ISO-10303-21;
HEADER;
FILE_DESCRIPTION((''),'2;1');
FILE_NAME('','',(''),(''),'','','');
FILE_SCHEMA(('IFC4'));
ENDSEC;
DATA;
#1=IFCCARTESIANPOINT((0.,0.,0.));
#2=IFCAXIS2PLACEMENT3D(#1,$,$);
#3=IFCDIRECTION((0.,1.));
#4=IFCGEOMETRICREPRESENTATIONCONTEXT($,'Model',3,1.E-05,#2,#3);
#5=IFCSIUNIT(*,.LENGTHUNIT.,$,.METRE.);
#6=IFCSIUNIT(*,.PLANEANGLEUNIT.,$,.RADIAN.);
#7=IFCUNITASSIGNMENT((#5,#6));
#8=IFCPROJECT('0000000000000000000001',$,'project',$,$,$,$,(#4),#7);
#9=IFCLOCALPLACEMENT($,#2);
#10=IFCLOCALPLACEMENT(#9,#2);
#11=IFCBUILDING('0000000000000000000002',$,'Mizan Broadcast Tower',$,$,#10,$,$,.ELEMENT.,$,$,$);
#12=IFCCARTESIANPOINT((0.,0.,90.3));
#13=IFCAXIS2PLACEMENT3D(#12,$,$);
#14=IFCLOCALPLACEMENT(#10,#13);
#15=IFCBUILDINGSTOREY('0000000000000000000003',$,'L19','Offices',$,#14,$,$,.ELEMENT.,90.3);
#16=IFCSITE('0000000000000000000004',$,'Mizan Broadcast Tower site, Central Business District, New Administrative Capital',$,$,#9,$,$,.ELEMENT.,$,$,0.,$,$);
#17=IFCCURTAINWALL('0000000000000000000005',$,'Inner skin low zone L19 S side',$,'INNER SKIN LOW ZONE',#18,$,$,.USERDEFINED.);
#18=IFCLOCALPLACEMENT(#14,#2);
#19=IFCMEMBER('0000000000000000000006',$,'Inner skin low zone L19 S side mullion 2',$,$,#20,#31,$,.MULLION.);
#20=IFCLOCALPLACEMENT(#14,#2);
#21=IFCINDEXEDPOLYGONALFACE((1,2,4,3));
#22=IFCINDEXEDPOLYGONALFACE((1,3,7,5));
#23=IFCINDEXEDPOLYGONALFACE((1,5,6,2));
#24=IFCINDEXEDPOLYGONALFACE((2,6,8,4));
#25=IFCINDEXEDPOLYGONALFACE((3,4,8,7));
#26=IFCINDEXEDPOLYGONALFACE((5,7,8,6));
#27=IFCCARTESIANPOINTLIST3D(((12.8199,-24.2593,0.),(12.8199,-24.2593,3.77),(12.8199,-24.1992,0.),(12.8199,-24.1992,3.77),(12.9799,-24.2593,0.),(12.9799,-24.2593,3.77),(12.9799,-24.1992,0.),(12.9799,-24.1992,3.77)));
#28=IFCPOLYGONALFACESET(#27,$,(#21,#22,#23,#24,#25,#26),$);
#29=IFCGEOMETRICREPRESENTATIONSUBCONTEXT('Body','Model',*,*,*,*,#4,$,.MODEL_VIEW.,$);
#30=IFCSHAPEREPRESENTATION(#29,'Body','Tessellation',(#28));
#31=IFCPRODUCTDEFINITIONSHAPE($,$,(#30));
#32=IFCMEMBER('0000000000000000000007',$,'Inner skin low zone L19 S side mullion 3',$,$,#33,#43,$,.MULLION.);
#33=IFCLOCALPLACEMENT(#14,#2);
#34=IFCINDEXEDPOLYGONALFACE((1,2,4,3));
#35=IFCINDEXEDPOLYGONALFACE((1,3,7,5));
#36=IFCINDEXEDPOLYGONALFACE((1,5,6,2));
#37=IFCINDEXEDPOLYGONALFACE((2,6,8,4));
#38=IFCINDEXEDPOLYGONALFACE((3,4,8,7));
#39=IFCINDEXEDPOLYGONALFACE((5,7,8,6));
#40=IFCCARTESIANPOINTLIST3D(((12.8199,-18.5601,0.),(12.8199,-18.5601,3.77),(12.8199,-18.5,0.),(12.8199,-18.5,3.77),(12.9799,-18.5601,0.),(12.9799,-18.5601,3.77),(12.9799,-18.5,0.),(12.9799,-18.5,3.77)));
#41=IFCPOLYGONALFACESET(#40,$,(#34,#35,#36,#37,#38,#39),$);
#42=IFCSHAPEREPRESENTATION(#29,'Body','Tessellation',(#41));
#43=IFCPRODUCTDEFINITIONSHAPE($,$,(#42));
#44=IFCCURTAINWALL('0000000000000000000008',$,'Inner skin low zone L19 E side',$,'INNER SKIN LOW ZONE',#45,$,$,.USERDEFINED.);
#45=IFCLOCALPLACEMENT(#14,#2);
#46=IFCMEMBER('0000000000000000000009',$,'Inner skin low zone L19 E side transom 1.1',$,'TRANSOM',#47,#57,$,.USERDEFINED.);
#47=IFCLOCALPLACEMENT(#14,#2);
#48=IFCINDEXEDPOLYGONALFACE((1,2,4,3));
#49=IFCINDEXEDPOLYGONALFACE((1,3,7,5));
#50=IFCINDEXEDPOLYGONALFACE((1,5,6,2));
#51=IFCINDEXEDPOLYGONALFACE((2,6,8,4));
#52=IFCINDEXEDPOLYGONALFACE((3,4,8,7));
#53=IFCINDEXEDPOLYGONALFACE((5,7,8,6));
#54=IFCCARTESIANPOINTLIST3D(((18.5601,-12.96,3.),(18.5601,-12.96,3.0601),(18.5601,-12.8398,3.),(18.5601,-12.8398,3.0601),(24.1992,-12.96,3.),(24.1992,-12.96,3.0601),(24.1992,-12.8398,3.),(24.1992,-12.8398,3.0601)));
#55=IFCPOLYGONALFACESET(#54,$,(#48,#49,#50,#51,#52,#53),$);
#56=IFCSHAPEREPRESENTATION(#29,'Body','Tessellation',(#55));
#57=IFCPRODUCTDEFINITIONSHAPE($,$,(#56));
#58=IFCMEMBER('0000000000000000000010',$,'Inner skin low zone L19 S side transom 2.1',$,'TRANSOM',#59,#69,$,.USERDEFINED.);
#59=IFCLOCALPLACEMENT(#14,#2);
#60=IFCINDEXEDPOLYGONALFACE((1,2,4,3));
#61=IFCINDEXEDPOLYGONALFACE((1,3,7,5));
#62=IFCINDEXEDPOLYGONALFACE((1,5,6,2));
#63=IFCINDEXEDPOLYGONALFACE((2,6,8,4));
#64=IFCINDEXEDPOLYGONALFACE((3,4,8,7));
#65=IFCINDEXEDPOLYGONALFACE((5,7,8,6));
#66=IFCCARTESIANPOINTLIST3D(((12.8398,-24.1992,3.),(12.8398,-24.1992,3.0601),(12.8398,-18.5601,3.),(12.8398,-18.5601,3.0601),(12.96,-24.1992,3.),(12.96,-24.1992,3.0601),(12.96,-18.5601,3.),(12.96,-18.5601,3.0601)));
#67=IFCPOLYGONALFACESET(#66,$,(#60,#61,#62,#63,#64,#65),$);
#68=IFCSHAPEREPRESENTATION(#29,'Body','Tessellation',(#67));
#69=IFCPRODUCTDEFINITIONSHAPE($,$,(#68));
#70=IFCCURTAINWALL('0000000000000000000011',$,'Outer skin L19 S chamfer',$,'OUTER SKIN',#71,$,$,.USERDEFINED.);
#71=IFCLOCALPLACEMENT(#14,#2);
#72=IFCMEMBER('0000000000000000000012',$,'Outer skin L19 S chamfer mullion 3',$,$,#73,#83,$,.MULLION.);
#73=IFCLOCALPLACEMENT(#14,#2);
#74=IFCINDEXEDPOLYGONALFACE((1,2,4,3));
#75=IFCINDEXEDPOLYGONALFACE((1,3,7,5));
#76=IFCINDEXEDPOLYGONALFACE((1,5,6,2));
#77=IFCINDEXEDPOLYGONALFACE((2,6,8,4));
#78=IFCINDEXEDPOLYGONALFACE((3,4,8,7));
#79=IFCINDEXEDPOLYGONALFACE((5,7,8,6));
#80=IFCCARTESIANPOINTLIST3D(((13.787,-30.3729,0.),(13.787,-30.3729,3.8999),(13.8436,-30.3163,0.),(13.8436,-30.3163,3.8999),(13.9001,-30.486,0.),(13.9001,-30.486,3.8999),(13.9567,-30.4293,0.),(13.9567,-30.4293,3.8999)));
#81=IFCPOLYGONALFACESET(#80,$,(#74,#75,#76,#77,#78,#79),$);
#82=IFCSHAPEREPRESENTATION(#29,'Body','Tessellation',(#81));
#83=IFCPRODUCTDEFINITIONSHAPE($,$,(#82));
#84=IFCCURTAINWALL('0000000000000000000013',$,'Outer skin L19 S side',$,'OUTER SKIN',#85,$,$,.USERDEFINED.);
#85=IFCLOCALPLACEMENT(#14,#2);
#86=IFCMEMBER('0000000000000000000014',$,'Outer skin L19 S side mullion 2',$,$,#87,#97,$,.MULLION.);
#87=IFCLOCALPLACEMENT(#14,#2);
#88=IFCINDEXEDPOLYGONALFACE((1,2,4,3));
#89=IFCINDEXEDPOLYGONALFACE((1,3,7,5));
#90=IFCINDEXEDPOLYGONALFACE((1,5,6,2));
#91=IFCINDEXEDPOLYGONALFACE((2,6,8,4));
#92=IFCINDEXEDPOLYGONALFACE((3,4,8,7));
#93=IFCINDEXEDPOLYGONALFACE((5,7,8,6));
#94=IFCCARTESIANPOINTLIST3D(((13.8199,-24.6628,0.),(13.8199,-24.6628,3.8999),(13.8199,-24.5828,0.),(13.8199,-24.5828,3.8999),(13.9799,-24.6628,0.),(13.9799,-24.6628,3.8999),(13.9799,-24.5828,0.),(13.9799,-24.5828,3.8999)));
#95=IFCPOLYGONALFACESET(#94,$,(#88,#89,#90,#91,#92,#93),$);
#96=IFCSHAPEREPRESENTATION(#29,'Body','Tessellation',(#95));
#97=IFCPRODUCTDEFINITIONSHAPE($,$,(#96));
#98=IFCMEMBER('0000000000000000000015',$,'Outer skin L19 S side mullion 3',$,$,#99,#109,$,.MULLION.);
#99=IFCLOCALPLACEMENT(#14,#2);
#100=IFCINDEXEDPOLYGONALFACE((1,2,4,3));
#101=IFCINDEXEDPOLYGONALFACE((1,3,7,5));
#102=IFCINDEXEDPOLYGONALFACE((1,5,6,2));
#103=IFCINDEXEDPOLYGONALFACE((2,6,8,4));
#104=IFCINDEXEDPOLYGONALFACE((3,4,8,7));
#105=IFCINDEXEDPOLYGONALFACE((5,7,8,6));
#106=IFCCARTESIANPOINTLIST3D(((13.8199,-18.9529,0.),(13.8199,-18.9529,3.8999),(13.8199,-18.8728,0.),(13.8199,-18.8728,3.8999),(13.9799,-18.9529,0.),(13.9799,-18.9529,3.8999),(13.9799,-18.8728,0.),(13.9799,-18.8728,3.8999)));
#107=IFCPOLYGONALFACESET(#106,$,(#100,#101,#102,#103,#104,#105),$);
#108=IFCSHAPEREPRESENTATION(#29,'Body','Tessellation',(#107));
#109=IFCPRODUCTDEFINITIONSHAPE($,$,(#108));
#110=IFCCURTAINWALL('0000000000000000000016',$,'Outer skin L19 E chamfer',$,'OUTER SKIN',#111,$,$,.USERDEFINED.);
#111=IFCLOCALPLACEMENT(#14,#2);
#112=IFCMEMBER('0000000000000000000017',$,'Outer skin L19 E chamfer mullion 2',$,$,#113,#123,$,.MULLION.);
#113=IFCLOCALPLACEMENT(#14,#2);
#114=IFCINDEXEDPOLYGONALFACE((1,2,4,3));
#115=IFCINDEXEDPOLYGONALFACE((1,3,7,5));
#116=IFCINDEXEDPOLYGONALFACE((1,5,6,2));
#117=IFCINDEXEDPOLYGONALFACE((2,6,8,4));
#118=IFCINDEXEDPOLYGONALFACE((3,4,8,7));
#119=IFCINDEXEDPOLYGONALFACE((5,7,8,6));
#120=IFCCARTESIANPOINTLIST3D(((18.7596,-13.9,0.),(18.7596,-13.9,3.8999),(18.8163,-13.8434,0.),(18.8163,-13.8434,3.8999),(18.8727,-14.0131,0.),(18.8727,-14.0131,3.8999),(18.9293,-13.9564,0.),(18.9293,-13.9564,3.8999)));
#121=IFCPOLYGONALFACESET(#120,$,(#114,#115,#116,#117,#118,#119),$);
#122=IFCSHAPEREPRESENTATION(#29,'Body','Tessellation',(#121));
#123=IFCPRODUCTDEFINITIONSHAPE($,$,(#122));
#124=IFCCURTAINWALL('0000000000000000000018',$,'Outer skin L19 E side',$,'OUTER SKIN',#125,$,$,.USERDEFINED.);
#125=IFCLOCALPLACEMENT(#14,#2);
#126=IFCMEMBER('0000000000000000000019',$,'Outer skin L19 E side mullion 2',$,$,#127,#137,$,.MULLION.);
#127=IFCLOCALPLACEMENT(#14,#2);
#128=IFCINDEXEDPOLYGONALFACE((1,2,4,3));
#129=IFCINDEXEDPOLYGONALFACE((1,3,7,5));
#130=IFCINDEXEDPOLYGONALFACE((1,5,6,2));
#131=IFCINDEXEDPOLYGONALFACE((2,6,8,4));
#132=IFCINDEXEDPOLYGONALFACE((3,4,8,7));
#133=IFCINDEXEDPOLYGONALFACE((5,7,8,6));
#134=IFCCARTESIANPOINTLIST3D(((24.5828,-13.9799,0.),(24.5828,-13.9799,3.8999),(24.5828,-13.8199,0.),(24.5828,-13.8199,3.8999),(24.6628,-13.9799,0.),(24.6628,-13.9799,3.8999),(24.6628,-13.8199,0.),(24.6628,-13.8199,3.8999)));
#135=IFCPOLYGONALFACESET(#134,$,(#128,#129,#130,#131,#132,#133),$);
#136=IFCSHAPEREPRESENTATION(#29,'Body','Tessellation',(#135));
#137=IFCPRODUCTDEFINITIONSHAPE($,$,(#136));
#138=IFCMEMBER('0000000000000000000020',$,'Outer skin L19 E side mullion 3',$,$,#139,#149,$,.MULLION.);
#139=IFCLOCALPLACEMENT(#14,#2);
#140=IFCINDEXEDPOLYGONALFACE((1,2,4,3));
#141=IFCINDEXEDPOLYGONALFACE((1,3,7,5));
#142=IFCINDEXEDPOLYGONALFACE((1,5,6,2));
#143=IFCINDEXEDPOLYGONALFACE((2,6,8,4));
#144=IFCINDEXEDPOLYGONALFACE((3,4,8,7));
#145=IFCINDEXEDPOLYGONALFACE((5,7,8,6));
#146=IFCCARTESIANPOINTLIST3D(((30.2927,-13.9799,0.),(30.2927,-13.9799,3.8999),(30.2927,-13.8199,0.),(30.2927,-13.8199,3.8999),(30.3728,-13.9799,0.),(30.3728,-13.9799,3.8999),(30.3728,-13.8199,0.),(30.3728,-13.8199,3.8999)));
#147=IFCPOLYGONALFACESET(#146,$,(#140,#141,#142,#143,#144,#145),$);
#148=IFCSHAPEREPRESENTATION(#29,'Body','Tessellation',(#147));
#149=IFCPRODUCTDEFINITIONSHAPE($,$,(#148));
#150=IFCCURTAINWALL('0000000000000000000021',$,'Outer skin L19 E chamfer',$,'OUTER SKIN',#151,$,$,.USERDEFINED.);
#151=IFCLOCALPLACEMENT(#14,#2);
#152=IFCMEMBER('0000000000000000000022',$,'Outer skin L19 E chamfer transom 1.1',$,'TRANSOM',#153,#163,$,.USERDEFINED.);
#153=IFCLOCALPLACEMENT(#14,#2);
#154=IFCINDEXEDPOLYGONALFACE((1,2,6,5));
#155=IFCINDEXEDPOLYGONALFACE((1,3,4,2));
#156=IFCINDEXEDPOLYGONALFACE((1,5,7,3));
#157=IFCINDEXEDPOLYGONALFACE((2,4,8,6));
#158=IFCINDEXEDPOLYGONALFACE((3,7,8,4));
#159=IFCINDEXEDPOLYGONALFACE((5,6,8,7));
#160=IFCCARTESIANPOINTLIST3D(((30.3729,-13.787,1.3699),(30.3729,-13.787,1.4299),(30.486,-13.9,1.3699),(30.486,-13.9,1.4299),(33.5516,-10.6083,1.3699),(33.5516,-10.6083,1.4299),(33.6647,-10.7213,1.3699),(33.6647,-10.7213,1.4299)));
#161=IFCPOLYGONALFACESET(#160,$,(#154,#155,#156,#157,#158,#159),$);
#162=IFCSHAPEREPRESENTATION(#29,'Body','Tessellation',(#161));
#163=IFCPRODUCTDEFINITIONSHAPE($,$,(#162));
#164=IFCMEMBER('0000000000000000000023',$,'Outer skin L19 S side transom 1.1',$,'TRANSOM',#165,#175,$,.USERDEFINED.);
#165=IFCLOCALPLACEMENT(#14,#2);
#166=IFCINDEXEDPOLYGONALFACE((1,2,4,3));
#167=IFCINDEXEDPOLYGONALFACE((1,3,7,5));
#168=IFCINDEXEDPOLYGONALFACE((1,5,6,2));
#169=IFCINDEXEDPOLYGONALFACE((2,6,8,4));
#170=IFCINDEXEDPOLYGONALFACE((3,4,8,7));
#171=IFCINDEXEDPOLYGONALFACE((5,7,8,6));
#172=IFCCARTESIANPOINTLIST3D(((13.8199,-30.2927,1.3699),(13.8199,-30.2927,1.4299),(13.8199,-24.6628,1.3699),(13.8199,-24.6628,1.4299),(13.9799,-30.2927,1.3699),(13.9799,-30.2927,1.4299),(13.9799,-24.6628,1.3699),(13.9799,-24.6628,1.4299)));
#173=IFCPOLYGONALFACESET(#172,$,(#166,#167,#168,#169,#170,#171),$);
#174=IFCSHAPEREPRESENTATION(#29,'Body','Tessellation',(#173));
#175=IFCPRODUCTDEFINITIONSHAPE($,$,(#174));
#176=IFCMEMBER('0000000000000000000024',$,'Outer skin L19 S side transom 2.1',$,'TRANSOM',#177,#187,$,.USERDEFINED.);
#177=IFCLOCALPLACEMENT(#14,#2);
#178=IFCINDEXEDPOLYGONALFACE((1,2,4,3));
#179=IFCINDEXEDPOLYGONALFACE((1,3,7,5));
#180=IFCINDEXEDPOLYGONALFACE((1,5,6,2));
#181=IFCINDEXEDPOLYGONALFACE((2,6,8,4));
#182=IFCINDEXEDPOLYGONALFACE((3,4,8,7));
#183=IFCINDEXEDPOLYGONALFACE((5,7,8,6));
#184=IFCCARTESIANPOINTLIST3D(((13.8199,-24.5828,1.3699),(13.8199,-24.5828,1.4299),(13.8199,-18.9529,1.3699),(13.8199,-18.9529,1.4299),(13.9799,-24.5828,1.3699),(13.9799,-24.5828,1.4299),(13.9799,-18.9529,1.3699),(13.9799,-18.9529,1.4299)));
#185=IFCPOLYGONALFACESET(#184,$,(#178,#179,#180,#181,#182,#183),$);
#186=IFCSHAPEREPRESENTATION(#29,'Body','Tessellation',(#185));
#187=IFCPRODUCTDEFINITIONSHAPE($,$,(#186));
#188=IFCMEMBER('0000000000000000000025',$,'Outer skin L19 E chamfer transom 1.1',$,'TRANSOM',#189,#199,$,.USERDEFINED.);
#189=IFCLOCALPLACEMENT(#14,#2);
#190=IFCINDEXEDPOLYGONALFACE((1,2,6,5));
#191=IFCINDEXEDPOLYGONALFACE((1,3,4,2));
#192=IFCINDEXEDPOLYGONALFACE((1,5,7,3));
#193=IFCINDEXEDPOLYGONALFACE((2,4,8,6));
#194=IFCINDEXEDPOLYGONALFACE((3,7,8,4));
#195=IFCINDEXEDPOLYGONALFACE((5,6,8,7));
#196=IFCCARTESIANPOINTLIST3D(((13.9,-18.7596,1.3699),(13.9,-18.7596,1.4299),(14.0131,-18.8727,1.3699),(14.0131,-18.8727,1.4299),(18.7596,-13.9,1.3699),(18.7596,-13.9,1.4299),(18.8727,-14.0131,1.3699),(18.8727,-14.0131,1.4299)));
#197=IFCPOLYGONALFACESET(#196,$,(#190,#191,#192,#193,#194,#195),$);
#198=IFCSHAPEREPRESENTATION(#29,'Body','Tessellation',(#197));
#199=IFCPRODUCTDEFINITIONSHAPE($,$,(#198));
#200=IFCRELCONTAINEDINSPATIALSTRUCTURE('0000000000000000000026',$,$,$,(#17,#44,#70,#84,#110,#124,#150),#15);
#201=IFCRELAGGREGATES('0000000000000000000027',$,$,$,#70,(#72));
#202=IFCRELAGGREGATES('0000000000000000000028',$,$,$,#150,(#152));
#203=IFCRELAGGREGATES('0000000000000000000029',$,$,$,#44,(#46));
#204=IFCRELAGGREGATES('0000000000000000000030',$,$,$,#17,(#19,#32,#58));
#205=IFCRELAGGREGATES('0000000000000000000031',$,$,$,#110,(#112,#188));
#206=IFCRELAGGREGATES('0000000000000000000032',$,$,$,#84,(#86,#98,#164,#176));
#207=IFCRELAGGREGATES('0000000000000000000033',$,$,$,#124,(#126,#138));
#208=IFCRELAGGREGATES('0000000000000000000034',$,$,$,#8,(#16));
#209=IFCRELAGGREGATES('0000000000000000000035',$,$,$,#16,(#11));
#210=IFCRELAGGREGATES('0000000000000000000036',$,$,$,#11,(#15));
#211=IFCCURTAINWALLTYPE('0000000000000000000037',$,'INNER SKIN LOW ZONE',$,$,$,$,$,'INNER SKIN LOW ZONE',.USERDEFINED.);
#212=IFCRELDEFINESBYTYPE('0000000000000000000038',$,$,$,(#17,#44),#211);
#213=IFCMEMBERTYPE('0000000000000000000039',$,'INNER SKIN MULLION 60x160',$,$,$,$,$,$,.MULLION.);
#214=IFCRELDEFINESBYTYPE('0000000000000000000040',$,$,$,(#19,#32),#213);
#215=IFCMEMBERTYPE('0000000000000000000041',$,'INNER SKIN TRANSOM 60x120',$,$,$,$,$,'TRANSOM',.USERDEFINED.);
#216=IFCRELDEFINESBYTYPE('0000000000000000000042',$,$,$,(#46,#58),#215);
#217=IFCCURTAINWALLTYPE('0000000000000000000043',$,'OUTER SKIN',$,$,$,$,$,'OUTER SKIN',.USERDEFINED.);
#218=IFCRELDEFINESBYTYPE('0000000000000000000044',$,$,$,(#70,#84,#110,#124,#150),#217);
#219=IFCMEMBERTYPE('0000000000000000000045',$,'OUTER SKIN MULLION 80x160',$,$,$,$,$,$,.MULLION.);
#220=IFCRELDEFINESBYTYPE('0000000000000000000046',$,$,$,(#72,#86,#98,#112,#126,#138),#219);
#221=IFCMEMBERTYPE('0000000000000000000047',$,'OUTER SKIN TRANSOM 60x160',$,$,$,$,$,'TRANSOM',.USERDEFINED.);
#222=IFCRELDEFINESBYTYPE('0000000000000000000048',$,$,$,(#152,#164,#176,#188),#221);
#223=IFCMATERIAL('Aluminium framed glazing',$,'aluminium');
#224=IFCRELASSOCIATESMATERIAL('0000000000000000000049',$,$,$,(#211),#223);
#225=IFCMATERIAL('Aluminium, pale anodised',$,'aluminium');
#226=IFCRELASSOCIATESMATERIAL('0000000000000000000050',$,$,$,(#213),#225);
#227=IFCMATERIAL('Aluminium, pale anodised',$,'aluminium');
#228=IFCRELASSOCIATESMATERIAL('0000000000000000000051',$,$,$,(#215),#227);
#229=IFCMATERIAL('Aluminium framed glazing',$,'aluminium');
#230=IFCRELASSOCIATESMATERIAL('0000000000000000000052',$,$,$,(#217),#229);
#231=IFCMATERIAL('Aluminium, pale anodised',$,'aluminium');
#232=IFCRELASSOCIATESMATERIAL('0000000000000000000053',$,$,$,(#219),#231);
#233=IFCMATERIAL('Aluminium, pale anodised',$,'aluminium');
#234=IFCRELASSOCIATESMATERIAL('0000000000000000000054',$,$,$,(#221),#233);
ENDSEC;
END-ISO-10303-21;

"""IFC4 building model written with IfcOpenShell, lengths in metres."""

from ifc_helpers import new_model, si_unit, direction, frame, origin, origin_2d, place, context, subcontext, project, spatial, rectangle, extrude, material, material_profile, profile_set, type_object, element, aggregate, save


model = new_model("IFC4")

# Units and contexts
model_context = context("Model", 3, precision=1e-05, world=origin(), true_north=direction((0.0, 1.0)))
body_context = subcontext(model_context, "Body", "Model", "MODEL_VIEW")
ifc_project = project(units=[si_unit("LENGTHUNIT", "METRE"), si_unit("PLANEANGLEUNIT", "RADIAN")], contexts=[model_context])

# Site, building, storey
site_placement = place(None, origin())
site = spatial("IfcSite", under=ifc_project, at=site_placement, Name="Mizan Broadcast Tower site, Central Business District, New Administrative Capital", CompositionType="ELEMENT", RefElevation=0.0)
building_placement = place(site_placement, origin())
building = spatial("IfcBuilding", under=site, at=building_placement, Name="Mizan Broadcast Tower", CompositionType="ELEMENT")
storey_placement = place(building_placement, frame((0.0, 0.0, 90.3)))
storey = spatial("IfcBuildingStorey", under=building, at=storey_placement, Name="L19", Description="Offices", CompositionType="ELEMENT", Elevation=90.3)

# Curtain wall, members
ifc_material_1 = material(Name="Aluminium framed glazing", Category="aluminium")
curtain_wall_type_1 = type_object("IfcCurtainWallType", Name="INNER SKIN LOW ZONE", ElementType="INNER SKIN LOW ZONE", PredefinedType="USERDEFINED", material=ifc_material_1)
curtain_wall_1_placement = place(storey_placement, origin())
curtain_wall_1 = element("IfcCurtainWall", 1, at=curtain_wall_1_placement, inside=storey, type_object=curtain_wall_type_1, Name="Inner skin low zone L19 S side", ObjectType="INNER SKIN LOW ZONE", PredefinedType="USERDEFINED")
ifc_material_2 = material(Name="Aluminium, pale anodised", Category="aluminium")
ifc_material_profile_1 = material_profile(ifc_material_2, rectangle(XDim=0.1599, YDim=0.0601, at=origin_2d()), Name="MULLION 160x60")
ifc_profile_set_1 = profile_set([ifc_material_profile_1], Name="Aluminium, pale anodised")
member_type_1 = type_object("IfcMemberType", Name="INNER SKIN MULLION 60x160", PredefinedType="MULLION", material=ifc_profile_set_1)
member_1_placement = place(storey_placement, frame((12.8999, -24.2292, 0.0), z_axis=(0.0, 0.0, 1.0), x_axis=(-1.0, 0.0, 0.0)))
member_1 = element("IfcMember", 2, at=member_1_placement, type_object=member_type_1, Name="Inner skin low zone L19 S side mullion 2", PredefinedType="MULLION", context=body_context, shape_type="SweptSolid", body=[
    extrude(rectangle(XDim=0.1599, YDim=0.0601, at=origin_2d()), origin(), (0.0, 0.0, 1.0), 3.77),
])
member_2_placement = place(storey_placement, frame((12.8999, -18.53, 0.0), z_axis=(0.0, 0.0, 1.0), x_axis=(-1.0, 0.0, 0.0)))
member_2 = element("IfcMember", 3, at=member_2_placement, type_object=member_type_1, Name="Inner skin low zone L19 S side mullion 3", PredefinedType="MULLION", context=body_context, shape_type="SweptSolid", body=[
    extrude(rectangle(XDim=0.1599, YDim=0.0601, at=origin_2d()), origin(), (0.0, 0.0, 1.0), 3.77),
])

# Curtain wall, member
curtain_wall_2_placement = place(storey_placement, origin())
curtain_wall_2 = element("IfcCurtainWall", 4, at=curtain_wall_2_placement, inside=storey, type_object=curtain_wall_type_1, Name="Inner skin low zone L19 E side", ObjectType="INNER SKIN LOW ZONE", PredefinedType="USERDEFINED")
ifc_material_3 = material(Name="Aluminium, pale anodised", Category="aluminium")
ifc_material_profile_2 = material_profile(ifc_material_3, rectangle(XDim=0.1201, YDim=0.0601, at=origin_2d()), Name="TRANSOM 120x60")
ifc_profile_set_2 = profile_set([ifc_material_profile_2], Name="Aluminium, pale anodised")
member_type_2 = type_object("IfcMemberType", Name="INNER SKIN TRANSOM 60x120", ElementType="TRANSOM", PredefinedType="USERDEFINED", material=ifc_profile_set_2)
member_3_placement = place(storey_placement, frame((18.5601, -12.8999, 3.03), z_axis=(1.0, 0.0, 0.0), x_axis=(0.0, 1.0, 0.0)))
member_3 = element("IfcMember", 5, at=member_3_placement, type_object=member_type_2, Name="Inner skin low zone L19 E side transom 1.1", ObjectType="TRANSOM", PredefinedType="USERDEFINED", context=body_context, shape_type="SweptSolid", body=[
    extrude(rectangle(XDim=0.1201, YDim=0.0601, at=origin_2d()), origin(), (0.0, 0.0, 1.0), 5.6392),
])

# Member
member_4_placement = place(storey_placement, frame((12.8999, -24.1992, 3.03), z_axis=(0.0, 1.0, 0.0), x_axis=(-1.0, 0.0, 0.0)))
member_4 = element("IfcMember", 6, at=member_4_placement, type_object=member_type_2, Name="Inner skin low zone L19 S side transom 2.1", ObjectType="TRANSOM", PredefinedType="USERDEFINED", context=body_context, shape_type="SweptSolid", body=[
    extrude(rectangle(XDim=0.1201, YDim=0.0601, at=origin_2d()), origin(), (0.0, 0.0, 1.0), 5.6392),
])

# Curtain wall, member
ifc_material_4 = material(Name="Aluminium framed glazing", Category="aluminium")
curtain_wall_type_2 = type_object("IfcCurtainWallType", Name="OUTER SKIN", ElementType="OUTER SKIN", PredefinedType="USERDEFINED", material=ifc_material_4)
curtain_wall_3_placement = place(storey_placement, origin())
curtain_wall_3 = element("IfcCurtainWall", 7, at=curtain_wall_3_placement, inside=storey, type_object=curtain_wall_type_2, Name="Outer skin L19 S chamfer", ObjectType="OUTER SKIN", PredefinedType="USERDEFINED")
ifc_material_5 = material(Name="Aluminium, pale anodised", Category="aluminium")
ifc_material_profile_3 = material_profile(ifc_material_5, rectangle(XDim=0.1599, YDim=0.0801, at=origin_2d()), Name="MULLION 160x80")
ifc_profile_set_3 = profile_set([ifc_material_profile_3], Name="Aluminium, pale anodised")
member_type_3 = type_object("IfcMemberType", Name="OUTER SKIN MULLION 80x160", PredefinedType="MULLION", material=ifc_profile_set_3)
member_5_placement = place(storey_placement, frame((13.8718, -30.4011, 0.0), z_axis=(0.0, 0.0, 1.0), x_axis=(-0.707107, 0.707107, 0.0)))
member_5 = element("IfcMember", 8, at=member_5_placement, type_object=member_type_3, Name="Outer skin L19 S chamfer mullion 3", PredefinedType="MULLION", context=body_context, shape_type="SweptSolid", body=[
    extrude(rectangle(XDim=0.1599, YDim=0.0801, at=origin_2d()), origin(), (0.0, 0.0, 1.0), 3.8999),
])
aggregate(curtain_wall_3, [member_5])

# Curtain wall, members
curtain_wall_4_placement = place(storey_placement, origin())
curtain_wall_4 = element("IfcCurtainWall", 9, at=curtain_wall_4_placement, inside=storey, type_object=curtain_wall_type_2, Name="Outer skin L19 S side", ObjectType="OUTER SKIN", PredefinedType="USERDEFINED")
member_6_placement = place(storey_placement, frame((13.8999, -24.6228, 0.0), z_axis=(0.0, 0.0, 1.0), x_axis=(-1.0, 0.0, 0.0)))
member_6 = element("IfcMember", 10, at=member_6_placement, type_object=member_type_3, Name="Outer skin L19 S side mullion 2", PredefinedType="MULLION", context=body_context, shape_type="SweptSolid", body=[
    extrude(rectangle(XDim=0.1599, YDim=0.0801, at=origin_2d()), origin(), (0.0, 0.0, 1.0), 3.8999),
])
member_7_placement = place(storey_placement, frame((13.8999, -18.9128, 0.0), z_axis=(0.0, 0.0, 1.0), x_axis=(-1.0, 0.0, 0.0)))
member_7 = element("IfcMember", 11, at=member_7_placement, type_object=member_type_3, Name="Outer skin L19 S side mullion 3", PredefinedType="MULLION", context=body_context, shape_type="SweptSolid", body=[
    extrude(rectangle(XDim=0.1599, YDim=0.0801, at=origin_2d()), origin(), (0.0, 0.0, 1.0), 3.8999),
])

# Curtain wall, member
curtain_wall_5_placement = place(storey_placement, origin())
curtain_wall_5 = element("IfcCurtainWall", 12, at=curtain_wall_5_placement, inside=storey, type_object=curtain_wall_type_2, Name="Outer skin L19 E chamfer", ObjectType="OUTER SKIN", PredefinedType="USERDEFINED")
member_8_placement = place(storey_placement, frame((18.8445, -13.9282, 0.0), z_axis=(0.0, 0.0, 1.0), x_axis=(-0.707107, 0.707107, 0.0)))
member_8 = element("IfcMember", 13, at=member_8_placement, type_object=member_type_3, Name="Outer skin L19 E chamfer mullion 2", PredefinedType="MULLION", context=body_context, shape_type="SweptSolid", body=[
    extrude(rectangle(XDim=0.1599, YDim=0.0801, at=origin_2d()), origin(), (0.0, 0.0, 1.0), 3.8999),
])

# Curtain wall, members
curtain_wall_6_placement = place(storey_placement, origin())
curtain_wall_6 = element("IfcCurtainWall", 14, at=curtain_wall_6_placement, inside=storey, type_object=curtain_wall_type_2, Name="Outer skin L19 E side", ObjectType="OUTER SKIN", PredefinedType="USERDEFINED")
member_9_placement = place(storey_placement, frame((24.6228, -13.8999, 0.0), z_axis=(0.0, 0.0, 1.0), x_axis=(0.0, 1.0, 0.0)))
member_9 = element("IfcMember", 15, at=member_9_placement, type_object=member_type_3, Name="Outer skin L19 E side mullion 2", PredefinedType="MULLION", context=body_context, shape_type="SweptSolid", body=[
    extrude(rectangle(XDim=0.1599, YDim=0.0801, at=origin_2d()), origin(), (0.0, 0.0, 1.0), 3.8999),
])
member_10_placement = place(storey_placement, frame((30.3328, -13.8999, 0.0), z_axis=(0.0, 0.0, 1.0), x_axis=(0.0, 1.0, 0.0)))
member_10 = element("IfcMember", 16, at=member_10_placement, type_object=member_type_3, Name="Outer skin L19 E side mullion 3", PredefinedType="MULLION", context=body_context, shape_type="SweptSolid", body=[
    extrude(rectangle(XDim=0.1599, YDim=0.0801, at=origin_2d()), origin(), (0.0, 0.0, 1.0), 3.8999),
])

# Curtain wall, member
curtain_wall_7_placement = place(storey_placement, origin())
curtain_wall_7 = element("IfcCurtainWall", 17, at=curtain_wall_7_placement, inside=storey, type_object=curtain_wall_type_2, Name="Outer skin L19 E chamfer", ObjectType="OUTER SKIN", PredefinedType="USERDEFINED")
ifc_material_6 = material(Name="Aluminium, pale anodised", Category="aluminium")
ifc_material_profile_4 = material_profile(ifc_material_6, rectangle(XDim=0.1599, YDim=0.0601, at=origin_2d()), Name="TRANSOM 160x60")
ifc_profile_set_4 = profile_set([ifc_material_profile_4], Name="Aluminium, pale anodised")
member_type_4 = type_object("IfcMemberType", Name="OUTER SKIN TRANSOM 60x160", ElementType="TRANSOM", PredefinedType="USERDEFINED", material=ifc_profile_set_4)
member_11_placement = place(storey_placement, frame((30.4294, -13.8435, 1.3999), z_axis=(0.707107, 0.707107, 0.0), x_axis=(-0.707107, 0.707107, 0.0)))
member_11 = element("IfcMember", 18, at=member_11_placement, type_object=member_type_4, Name="Outer skin L19 E chamfer transom 1.1", ObjectType="TRANSOM", PredefinedType="USERDEFINED", context=body_context, shape_type="SweptSolid", body=[
    extrude(rectangle(XDim=0.1599, YDim=0.0601, at=origin_2d()), origin(), (0.0, 0.0, 1.0), 4.4954),
])
aggregate(curtain_wall_7, [member_11])

# Members
member_12_placement = place(storey_placement, frame((13.8999, -30.2927, 1.3999), z_axis=(0.0, 1.0, 0.0), x_axis=(-1.0, 0.0, 0.0)))
member_12 = element("IfcMember", 19, at=member_12_placement, type_object=member_type_4, Name="Outer skin L19 S side transom 1.1", ObjectType="TRANSOM", PredefinedType="USERDEFINED", context=body_context, shape_type="SweptSolid", body=[
    extrude(rectangle(XDim=0.1599, YDim=0.0601, at=origin_2d()), origin(), (0.0, 0.0, 1.0), 5.6299),
])
member_13_placement = place(storey_placement, frame((13.8999, -24.5828, 1.3999), z_axis=(0.0, 1.0, 0.0), x_axis=(-1.0, 0.0, 0.0)))
member_13 = element("IfcMember", 20, at=member_13_placement, type_object=member_type_4, Name="Outer skin L19 S side transom 2.1", ObjectType="TRANSOM", PredefinedType="USERDEFINED", context=body_context, shape_type="SweptSolid", body=[
    extrude(rectangle(XDim=0.1599, YDim=0.0601, at=origin_2d()), origin(), (0.0, 0.0, 1.0), 5.6299),
])
member_14_placement = place(storey_placement, frame((13.9565, -18.8162, 1.3999), z_axis=(0.707107, 0.707107, 0.0), x_axis=(-0.707107, 0.707107, 0.0)))
member_14 = element("IfcMember", 21, at=member_14_placement, type_object=member_type_4, Name="Outer skin L19 E chamfer transom 1.1", ObjectType="TRANSOM", PredefinedType="USERDEFINED", context=body_context, shape_type="SweptSolid", body=[
    extrude(rectangle(XDim=0.1599, YDim=0.0601, at=origin_2d()), origin(), (0.0, 0.0, 1.0), 6.8726),
])

aggregate(curtain_wall_2, [member_3])
aggregate(curtain_wall_1, [member_1, member_2, member_4])
aggregate(curtain_wall_5, [member_8, member_14])
aggregate(curtain_wall_4, [member_6, member_7, member_12, member_13])
aggregate(curtain_wall_6, [member_9, member_10])

save(model, "model.ifc")
